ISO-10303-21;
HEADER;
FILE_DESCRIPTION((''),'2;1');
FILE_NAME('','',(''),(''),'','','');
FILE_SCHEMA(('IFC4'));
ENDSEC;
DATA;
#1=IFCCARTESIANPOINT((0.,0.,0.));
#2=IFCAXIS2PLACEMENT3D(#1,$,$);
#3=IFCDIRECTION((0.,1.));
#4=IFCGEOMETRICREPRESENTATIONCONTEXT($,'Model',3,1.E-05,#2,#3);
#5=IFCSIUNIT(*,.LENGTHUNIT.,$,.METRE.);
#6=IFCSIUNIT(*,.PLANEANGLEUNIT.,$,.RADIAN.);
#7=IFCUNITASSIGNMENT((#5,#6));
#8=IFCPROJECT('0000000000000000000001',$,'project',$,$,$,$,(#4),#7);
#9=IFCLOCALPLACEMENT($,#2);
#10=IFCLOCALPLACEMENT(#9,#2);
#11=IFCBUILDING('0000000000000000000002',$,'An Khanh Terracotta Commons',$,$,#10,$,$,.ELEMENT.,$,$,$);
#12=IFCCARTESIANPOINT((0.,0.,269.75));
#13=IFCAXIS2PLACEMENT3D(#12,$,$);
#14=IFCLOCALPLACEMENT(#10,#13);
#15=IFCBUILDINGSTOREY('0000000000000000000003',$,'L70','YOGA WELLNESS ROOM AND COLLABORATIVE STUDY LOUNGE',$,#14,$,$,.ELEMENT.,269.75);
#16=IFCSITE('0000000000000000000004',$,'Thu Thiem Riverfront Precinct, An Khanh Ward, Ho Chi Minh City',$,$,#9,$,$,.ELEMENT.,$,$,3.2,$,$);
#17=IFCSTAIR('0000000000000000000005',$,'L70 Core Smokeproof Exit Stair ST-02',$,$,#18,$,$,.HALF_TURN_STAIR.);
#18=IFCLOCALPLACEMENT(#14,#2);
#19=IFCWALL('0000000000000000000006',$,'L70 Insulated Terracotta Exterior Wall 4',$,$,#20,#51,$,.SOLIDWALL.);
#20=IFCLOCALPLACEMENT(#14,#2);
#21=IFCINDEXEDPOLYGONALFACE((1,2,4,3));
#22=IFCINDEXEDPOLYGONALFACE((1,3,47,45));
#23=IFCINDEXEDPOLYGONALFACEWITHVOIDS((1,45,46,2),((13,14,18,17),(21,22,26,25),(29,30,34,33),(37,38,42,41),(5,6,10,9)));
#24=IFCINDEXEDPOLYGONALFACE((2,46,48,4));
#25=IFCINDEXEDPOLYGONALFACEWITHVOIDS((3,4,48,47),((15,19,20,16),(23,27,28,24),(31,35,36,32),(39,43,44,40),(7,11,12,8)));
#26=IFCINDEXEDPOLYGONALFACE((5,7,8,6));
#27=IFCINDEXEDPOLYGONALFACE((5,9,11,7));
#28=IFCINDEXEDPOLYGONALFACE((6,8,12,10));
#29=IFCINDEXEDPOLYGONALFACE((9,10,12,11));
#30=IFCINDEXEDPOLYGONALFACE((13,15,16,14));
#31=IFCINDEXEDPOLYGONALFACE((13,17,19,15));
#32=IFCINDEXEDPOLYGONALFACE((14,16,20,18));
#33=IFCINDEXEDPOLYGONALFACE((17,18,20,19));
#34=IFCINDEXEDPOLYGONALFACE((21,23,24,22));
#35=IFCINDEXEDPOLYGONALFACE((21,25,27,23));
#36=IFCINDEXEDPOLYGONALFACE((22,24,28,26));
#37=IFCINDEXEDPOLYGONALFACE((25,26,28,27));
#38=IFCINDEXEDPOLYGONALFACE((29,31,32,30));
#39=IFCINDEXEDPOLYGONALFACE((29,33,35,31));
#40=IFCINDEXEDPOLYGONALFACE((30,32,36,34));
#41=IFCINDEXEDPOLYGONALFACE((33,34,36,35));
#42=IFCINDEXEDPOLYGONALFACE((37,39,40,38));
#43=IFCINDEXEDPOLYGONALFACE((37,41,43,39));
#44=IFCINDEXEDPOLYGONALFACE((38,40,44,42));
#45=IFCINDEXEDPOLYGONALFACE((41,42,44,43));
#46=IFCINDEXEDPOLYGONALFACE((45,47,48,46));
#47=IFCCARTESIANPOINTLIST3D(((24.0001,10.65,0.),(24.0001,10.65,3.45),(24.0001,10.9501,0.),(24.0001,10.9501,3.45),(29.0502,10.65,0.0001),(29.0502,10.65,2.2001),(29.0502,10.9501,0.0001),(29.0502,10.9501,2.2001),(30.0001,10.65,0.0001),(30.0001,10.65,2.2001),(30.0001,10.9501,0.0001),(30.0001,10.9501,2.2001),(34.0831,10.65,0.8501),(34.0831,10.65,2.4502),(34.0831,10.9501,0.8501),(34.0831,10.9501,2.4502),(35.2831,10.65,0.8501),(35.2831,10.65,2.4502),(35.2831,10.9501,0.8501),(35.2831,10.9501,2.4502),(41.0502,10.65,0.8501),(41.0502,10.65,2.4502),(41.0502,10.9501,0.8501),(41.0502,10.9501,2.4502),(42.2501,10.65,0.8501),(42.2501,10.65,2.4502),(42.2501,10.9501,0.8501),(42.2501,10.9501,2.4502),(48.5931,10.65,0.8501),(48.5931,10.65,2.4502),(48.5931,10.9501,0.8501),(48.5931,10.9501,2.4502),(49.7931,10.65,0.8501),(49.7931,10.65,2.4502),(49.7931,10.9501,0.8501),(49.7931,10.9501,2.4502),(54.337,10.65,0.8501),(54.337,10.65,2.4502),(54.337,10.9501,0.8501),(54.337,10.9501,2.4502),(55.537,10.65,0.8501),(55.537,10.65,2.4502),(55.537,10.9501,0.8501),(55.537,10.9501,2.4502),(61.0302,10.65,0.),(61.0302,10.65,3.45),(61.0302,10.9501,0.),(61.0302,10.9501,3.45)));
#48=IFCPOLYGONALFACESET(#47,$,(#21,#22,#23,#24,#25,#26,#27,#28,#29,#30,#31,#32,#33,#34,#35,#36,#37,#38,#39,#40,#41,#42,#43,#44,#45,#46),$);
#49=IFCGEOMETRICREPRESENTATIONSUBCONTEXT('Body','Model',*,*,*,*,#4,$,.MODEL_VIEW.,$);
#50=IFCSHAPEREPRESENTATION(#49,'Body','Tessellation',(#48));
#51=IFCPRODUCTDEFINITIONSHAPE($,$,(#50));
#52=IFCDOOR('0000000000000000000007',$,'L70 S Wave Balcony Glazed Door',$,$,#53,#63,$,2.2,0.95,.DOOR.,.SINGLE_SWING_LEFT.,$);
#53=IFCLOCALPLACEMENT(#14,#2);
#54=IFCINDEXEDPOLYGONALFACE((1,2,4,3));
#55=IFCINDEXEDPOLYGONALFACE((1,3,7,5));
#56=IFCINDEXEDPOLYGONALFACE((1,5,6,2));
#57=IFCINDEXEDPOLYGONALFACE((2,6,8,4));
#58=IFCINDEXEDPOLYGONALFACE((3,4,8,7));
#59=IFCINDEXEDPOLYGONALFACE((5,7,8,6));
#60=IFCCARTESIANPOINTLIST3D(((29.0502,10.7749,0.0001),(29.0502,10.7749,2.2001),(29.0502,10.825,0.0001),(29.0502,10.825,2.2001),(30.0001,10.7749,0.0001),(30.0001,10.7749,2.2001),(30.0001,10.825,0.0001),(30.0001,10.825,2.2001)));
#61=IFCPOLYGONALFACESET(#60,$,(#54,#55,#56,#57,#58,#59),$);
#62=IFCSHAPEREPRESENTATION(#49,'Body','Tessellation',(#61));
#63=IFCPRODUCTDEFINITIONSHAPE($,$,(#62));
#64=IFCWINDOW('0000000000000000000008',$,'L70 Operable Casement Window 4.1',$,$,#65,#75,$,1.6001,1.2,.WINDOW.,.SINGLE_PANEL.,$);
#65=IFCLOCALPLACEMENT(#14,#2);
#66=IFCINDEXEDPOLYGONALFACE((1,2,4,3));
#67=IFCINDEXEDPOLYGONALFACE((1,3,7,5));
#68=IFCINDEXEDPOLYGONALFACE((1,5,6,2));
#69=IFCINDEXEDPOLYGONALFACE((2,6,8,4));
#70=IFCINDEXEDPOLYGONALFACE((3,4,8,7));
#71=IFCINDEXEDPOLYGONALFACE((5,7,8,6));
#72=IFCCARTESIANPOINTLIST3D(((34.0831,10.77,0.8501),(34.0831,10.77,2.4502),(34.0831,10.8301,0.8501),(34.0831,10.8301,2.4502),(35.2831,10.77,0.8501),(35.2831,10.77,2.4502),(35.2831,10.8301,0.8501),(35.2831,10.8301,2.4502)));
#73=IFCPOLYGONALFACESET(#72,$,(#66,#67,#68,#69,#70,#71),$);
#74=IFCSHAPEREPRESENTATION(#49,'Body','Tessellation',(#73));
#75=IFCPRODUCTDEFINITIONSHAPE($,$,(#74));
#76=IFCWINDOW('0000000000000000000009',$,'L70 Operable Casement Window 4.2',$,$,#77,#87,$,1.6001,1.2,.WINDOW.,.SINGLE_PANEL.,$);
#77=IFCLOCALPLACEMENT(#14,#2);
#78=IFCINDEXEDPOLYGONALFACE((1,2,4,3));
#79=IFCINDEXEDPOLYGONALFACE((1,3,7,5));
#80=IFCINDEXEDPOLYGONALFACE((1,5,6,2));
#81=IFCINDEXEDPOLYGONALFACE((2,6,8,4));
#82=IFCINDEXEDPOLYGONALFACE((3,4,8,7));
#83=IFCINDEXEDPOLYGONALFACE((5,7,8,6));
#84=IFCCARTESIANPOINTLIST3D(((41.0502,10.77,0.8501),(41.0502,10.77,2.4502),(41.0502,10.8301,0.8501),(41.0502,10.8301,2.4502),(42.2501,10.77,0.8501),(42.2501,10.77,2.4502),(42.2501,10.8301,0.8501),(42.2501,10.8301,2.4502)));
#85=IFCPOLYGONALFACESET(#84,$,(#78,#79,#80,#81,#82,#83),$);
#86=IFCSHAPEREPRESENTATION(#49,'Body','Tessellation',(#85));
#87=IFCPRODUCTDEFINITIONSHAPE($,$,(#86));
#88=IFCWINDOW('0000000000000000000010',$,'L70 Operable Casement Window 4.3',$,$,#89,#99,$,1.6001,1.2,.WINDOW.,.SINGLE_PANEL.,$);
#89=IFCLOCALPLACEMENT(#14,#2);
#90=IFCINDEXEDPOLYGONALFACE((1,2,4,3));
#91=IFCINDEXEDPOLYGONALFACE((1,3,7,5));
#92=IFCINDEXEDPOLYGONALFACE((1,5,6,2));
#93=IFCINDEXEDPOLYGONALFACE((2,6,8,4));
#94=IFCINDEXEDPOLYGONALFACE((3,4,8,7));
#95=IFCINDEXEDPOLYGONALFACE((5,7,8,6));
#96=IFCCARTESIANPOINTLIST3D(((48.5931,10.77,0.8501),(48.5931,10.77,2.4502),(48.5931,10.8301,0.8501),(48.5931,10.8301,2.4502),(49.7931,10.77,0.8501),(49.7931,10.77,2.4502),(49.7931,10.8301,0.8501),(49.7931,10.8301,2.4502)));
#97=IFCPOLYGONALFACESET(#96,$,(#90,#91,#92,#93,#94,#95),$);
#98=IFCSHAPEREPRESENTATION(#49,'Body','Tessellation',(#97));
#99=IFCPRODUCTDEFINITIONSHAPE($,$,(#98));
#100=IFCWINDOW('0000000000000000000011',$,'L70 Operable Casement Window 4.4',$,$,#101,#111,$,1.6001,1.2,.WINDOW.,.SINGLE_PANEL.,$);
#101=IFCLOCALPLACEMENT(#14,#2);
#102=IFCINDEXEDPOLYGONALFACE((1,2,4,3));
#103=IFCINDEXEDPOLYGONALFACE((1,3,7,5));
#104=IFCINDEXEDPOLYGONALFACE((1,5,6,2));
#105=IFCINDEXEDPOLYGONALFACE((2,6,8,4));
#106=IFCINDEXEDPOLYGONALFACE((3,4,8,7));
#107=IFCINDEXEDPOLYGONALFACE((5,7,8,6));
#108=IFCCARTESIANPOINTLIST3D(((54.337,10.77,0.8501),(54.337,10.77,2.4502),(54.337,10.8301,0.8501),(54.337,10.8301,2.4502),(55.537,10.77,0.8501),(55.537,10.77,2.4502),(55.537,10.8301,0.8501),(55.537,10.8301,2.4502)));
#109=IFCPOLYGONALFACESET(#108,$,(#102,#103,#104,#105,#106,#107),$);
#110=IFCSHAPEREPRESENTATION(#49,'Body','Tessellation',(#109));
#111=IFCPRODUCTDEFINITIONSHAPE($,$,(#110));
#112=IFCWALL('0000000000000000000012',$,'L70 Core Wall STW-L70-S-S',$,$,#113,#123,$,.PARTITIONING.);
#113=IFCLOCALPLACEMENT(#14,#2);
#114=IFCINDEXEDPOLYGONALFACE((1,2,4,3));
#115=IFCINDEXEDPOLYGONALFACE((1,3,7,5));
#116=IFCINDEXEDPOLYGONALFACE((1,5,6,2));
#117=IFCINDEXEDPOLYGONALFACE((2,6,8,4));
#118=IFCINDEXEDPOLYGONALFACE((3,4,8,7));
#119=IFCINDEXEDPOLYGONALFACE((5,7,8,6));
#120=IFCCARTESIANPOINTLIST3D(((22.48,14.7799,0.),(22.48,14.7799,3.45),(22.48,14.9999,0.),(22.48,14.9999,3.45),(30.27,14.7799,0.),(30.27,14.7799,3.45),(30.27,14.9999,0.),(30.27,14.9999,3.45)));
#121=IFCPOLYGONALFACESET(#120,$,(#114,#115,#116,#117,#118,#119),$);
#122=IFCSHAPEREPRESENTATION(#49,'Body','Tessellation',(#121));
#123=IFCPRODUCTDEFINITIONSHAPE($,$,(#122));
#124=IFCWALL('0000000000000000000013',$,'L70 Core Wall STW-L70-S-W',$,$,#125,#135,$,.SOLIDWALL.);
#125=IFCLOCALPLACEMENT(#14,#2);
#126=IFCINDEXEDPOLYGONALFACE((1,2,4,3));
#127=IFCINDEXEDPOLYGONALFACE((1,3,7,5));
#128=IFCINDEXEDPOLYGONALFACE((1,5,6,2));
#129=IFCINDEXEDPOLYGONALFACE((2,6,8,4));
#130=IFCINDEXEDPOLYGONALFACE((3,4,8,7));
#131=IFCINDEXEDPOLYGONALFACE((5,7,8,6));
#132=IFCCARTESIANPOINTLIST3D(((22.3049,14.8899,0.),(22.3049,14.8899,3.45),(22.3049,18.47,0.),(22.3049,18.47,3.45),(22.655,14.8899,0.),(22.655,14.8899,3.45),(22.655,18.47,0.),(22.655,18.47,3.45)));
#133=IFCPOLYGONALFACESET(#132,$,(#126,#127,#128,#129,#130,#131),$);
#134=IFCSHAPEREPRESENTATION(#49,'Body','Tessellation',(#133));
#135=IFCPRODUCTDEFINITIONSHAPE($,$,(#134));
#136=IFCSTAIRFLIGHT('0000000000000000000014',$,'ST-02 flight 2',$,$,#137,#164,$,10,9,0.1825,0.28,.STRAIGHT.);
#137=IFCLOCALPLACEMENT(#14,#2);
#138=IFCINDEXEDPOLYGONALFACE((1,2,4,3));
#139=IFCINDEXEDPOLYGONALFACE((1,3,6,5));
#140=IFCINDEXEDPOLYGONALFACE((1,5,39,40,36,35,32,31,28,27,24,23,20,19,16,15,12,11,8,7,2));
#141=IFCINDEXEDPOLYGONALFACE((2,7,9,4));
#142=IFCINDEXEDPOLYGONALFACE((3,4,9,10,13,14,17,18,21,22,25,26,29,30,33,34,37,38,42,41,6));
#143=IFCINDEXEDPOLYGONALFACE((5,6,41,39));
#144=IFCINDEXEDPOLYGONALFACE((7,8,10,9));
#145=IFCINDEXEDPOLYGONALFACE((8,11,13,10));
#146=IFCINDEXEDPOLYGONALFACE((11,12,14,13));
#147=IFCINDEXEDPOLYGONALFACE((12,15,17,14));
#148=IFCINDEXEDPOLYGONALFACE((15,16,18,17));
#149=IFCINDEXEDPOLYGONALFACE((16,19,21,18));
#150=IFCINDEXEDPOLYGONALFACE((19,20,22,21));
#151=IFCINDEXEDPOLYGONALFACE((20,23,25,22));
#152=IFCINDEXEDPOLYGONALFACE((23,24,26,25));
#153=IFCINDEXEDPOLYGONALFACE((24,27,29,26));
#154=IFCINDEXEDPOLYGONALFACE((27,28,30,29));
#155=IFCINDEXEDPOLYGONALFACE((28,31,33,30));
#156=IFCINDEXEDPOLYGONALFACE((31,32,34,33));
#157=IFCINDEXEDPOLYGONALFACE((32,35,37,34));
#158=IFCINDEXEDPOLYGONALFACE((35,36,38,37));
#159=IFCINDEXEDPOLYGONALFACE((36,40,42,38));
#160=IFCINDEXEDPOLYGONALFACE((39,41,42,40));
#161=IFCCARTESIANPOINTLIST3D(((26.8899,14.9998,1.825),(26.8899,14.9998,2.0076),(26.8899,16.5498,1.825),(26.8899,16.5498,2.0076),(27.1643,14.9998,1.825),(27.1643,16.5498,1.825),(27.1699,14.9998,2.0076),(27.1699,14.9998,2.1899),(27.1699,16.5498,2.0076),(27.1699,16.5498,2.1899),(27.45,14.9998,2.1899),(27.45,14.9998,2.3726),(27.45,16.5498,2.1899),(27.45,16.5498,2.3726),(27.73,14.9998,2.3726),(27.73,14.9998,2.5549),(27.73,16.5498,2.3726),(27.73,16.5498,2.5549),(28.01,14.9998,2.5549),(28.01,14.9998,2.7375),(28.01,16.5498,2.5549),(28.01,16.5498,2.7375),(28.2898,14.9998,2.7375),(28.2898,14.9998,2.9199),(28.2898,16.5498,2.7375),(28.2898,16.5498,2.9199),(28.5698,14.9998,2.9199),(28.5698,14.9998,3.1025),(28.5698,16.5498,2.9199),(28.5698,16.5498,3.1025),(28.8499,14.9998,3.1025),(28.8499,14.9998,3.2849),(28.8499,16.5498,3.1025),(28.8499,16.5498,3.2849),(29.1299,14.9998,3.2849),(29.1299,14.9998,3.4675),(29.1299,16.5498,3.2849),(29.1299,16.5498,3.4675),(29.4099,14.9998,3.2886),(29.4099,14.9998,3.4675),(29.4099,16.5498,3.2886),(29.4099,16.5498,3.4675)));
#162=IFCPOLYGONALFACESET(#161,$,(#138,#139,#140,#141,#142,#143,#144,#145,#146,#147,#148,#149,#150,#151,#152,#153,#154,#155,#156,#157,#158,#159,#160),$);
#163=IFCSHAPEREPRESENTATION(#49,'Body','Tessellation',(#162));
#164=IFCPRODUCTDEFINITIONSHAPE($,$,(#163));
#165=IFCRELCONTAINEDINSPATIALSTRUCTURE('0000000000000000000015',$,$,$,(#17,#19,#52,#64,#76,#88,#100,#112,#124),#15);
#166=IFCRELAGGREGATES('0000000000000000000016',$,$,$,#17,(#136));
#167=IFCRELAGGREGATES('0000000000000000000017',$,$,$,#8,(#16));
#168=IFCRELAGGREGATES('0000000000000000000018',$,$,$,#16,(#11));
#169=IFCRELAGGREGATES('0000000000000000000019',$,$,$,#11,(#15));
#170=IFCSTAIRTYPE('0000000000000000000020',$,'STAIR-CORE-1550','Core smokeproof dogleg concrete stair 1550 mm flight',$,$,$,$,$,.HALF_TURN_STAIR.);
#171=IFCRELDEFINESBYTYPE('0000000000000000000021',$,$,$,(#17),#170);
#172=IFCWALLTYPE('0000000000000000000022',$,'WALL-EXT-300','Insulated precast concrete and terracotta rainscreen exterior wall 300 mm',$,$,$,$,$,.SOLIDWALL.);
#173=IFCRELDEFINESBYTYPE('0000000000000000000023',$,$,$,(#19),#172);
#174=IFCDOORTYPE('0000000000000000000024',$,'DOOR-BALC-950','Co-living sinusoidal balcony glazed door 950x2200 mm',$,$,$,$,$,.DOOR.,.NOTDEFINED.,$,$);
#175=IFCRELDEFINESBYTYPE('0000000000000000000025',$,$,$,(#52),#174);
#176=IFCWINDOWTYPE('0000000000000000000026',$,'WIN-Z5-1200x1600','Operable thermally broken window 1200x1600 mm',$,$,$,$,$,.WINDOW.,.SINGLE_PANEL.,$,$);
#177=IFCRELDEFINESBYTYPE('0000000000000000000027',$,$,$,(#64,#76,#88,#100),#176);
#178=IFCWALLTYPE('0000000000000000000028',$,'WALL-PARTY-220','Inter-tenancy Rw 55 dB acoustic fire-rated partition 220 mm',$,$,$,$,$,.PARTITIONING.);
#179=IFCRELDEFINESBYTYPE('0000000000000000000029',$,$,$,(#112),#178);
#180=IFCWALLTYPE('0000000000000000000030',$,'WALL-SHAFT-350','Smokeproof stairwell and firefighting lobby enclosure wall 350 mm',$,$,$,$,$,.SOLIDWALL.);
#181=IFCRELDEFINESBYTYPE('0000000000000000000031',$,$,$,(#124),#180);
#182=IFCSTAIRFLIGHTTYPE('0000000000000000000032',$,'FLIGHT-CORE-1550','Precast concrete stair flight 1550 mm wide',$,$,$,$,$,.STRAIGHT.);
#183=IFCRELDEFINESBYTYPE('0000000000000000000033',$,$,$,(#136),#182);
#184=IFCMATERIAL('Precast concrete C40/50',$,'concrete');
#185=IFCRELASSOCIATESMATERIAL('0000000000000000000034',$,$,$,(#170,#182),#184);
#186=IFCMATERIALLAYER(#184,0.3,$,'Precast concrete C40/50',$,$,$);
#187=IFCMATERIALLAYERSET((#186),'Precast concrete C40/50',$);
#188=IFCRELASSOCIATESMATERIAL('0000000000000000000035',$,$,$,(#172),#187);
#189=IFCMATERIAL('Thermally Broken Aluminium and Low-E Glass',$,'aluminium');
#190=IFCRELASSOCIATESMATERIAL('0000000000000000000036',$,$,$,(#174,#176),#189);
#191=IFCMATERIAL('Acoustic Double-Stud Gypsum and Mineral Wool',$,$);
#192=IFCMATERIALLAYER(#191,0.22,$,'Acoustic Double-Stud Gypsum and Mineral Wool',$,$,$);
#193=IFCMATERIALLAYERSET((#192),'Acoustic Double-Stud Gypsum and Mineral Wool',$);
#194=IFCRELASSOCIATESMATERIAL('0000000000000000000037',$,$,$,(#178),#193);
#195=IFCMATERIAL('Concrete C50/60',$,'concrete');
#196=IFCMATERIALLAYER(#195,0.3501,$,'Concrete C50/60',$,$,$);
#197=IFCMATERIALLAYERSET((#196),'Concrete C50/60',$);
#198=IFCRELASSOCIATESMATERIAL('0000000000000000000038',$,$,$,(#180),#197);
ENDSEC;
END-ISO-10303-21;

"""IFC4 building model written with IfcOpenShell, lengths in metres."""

from ifc_helpers import new_model, si_unit, direction, frame, frame_2d, origin, place, context, subcontext, project, spatial, polyline, rectangle, outline, extrude, material, layer, layer_set, type_object, element, fill, aggregate, save


model = new_model("IFC4")

# Units and contexts
model_context = context("Model", 3, precision=1e-05, world=origin(), true_north=direction((0.0, 1.0)))
body_context = subcontext(model_context, "Body", "Model", "MODEL_VIEW")
ifc_project = project(units=[si_unit("LENGTHUNIT", "METRE"), si_unit("PLANEANGLEUNIT", "RADIAN")], contexts=[model_context])

# Site, building, storey
site_placement = place(None, origin())
site = spatial("IfcSite", under=ifc_project, at=site_placement, Name="Thu Thiem Riverfront Precinct, An Khanh Ward, Ho Chi Minh City", CompositionType="ELEMENT", RefElevation=3.2)
building_placement = place(site_placement, origin())
building = spatial("IfcBuilding", under=site, at=building_placement, Name="An Khanh Terracotta Commons", CompositionType="ELEMENT")
storey_placement = place(building_placement, frame((0.0, 0.0, 269.75)))
storey = spatial("IfcBuildingStorey", under=building, at=storey_placement, Name="L70", Description="YOGA WELLNESS ROOM AND COLLABORATIVE STUDY LOUNGE", CompositionType="ELEMENT", Elevation=269.75)

# Shared definitions
ifc_material_1 = material(Name="Concrete C50/60", Category="concrete")

# Stair
ifc_material_2 = material(Name="Precast concrete C40/50", Category="concrete")
stair_type = type_object("IfcStairType", Name="STAIR-CORE-1550", Description="Core smokeproof dogleg concrete stair 1550 mm flight", PredefinedType="HALF_TURN_STAIR", material=ifc_material_2)
stair_1_placement = place(storey_placement, origin())
stair_1 = element("IfcStair", 1, at=stair_1_placement, inside=storey, type_object=stair_type, Name="L70 Core Smokeproof Exit Stair ST-02", PredefinedType="HALF_TURN_STAIR")

# Shared definitions
ifc_layer_1 = layer(ifc_material_2, 0.3, Name="Precast concrete C40/50")
ifc_layer_set_1 = layer_set([ifc_layer_1], Name="Precast concrete C40/50")
wall_type_1 = type_object("IfcWallType", Name="WALL-EXT-300", Description="Insulated precast concrete and terracotta rainscreen exterior wall 300 mm", PredefinedType="SOLIDWALL", material=ifc_layer_set_1)

# Wall, openings, door, windows
wall_1_placement = place(storey_placement, frame((24.0, 10.8, 0.0), z_axis=(0.0, 0.0, 1.0), x_axis=(1.0, 0.0, 0.0)))
wall_1 = element("IfcWall", 2, at=wall_1_placement, inside=storey, type_object=wall_type_1, Name="L70 Insulated Terracotta Exterior Wall 4", PredefinedType="SOLIDWALL", context=body_context, shape_type="SweptSolid", body=[
    extrude(rectangle(XDim=37.03, YDim=0.3, at=frame_2d((18.5151, 0.0))), origin(), (0.0, 0.0, 1.0), 3.45),
])
opening_1_placement = place(wall_1_placement, frame((5.05, 0.0, 0.0)))
opening_1 = element("IfcOpeningElement", 3, at=opening_1_placement, cuts=wall_1, PredefinedType="OPENING", context=body_context, shape_type="SweptSolid", body=[
    extrude(rectangle(XDim=0.95, YDim=2.2, at=frame_2d((0.4751, 1.1001))), frame((0.0, 0.1599, 0.0), z_axis=(0.0, -1.0, 0.0), x_axis=(1.0, 0.0, 0.0)), (0.0, 0.0, 1.0), 0.3201),
])
opening_2_placement = place(wall_1_placement, frame((10.083, 0.0, 0.8501)))
opening_2 = element("IfcOpeningElement", 4, at=opening_2_placement, cuts=wall_1, PredefinedType="OPENING", context=body_context, shape_type="SweptSolid", body=[
    extrude(rectangle(XDim=1.2, YDim=1.6001, at=frame_2d((0.6001, 0.8))), frame((0.0, 0.1599, 0.0), z_axis=(0.0, -1.0, 0.0), x_axis=(1.0, 0.0, 0.0)), (0.0, 0.0, 1.0), 0.3201),
])
opening_3_placement = place(wall_1_placement, frame((17.05, 0.0, 0.8501)))
opening_3 = element("IfcOpeningElement", 5, at=opening_3_placement, cuts=wall_1, PredefinedType="OPENING", context=body_context, shape_type="SweptSolid", body=[
    extrude(rectangle(XDim=1.2, YDim=1.6001, at=frame_2d((0.6001, 0.8))), frame((0.0, 0.1599, 0.0), z_axis=(0.0, -1.0, 0.0), x_axis=(1.0, 0.0, 0.0)), (0.0, 0.0, 1.0), 0.3201),
])
opening_4_placement = place(wall_1_placement, frame((24.593, 0.0, 0.8501)))
opening_4 = element("IfcOpeningElement", 6, at=opening_4_placement, cuts=wall_1, PredefinedType="OPENING", context=body_context, shape_type="SweptSolid", body=[
    extrude(rectangle(XDim=1.2, YDim=1.6001, at=frame_2d((0.6001, 0.8))), frame((0.0, 0.1599, 0.0), z_axis=(0.0, -1.0, 0.0), x_axis=(1.0, 0.0, 0.0)), (0.0, 0.0, 1.0), 0.3201),
])
opening_5_placement = place(wall_1_placement, frame((30.3369, 0.0, 0.8501)))
opening_5 = element("IfcOpeningElement", 7, at=opening_5_placement, cuts=wall_1, PredefinedType="OPENING", context=body_context, shape_type="SweptSolid", body=[
    extrude(rectangle(XDim=1.2, YDim=1.6001, at=frame_2d((0.6001, 0.8))), frame((0.0, 0.1599, 0.0), z_axis=(0.0, -1.0, 0.0), x_axis=(1.0, 0.0, 0.0)), (0.0, 0.0, 1.0), 0.3201),
])
ifc_material_3 = material(Name="Thermally Broken Aluminium and Low-E Glass", Category="aluminium")
door_type = type_object("IfcDoorType", Name="DOOR-BALC-950", Description="Co-living sinusoidal balcony glazed door 950x2200 mm", OperationType="NOTDEFINED", PredefinedType="DOOR", material=ifc_material_3)
door_placement = place(opening_1_placement, origin())
door = element("IfcDoor", 8, at=door_placement, inside=storey, type_object=door_type, Name="L70 S Wave Balcony Glazed Door", OperationType="SINGLE_SWING_LEFT", OverallHeight=2.2, OverallWidth=0.95, PredefinedType="DOOR", context=body_context, shape_type="SweptSolid", body=[
    extrude(rectangle(XDim=0.95, YDim=2.2, at=frame_2d((0.4751, 1.1001))), frame((0.0, 0.0249, 0.0), z_axis=(0.0, -1.0, 0.0), x_axis=(1.0, 0.0, 0.0)), (0.0, 0.0, 1.0), 0.05),
])
fill(opening_1, door)
window_type = type_object("IfcWindowType", Name="WIN-Z5-1200x1600", Description="Operable thermally broken window 1200x1600 mm", PartitioningType="SINGLE_PANEL", PredefinedType="WINDOW", material=ifc_material_3)
window_1_placement = place(opening_2_placement, origin())
window_1 = element("IfcWindow", 9, at=window_1_placement, inside=storey, type_object=window_type, Name="L70 Operable Casement Window 4.1", OverallHeight=1.6001, OverallWidth=1.2, PartitioningType="SINGLE_PANEL", PredefinedType="WINDOW", context=body_context, shape_type="SweptSolid", body=[
    extrude(rectangle(XDim=1.2, YDim=1.6001, at=frame_2d((0.6001, 0.8))), frame((0.0, 0.03, 0.0), z_axis=(0.0, -1.0, 0.0), x_axis=(1.0, 0.0, 0.0)), (0.0, 0.0, 1.0), 0.0601),
])
fill(opening_2, window_1)
window_2_placement = place(opening_3_placement, origin())
window_2 = element("IfcWindow", 10, at=window_2_placement, inside=storey, type_object=window_type, Name="L70 Operable Casement Window 4.2", OverallHeight=1.6001, OverallWidth=1.2, PartitioningType="SINGLE_PANEL", PredefinedType="WINDOW", context=body_context, shape_type="SweptSolid", body=[
    extrude(rectangle(XDim=1.2, YDim=1.6001, at=frame_2d((0.6001, 0.8))), frame((0.0, 0.03, 0.0), z_axis=(0.0, -1.0, 0.0), x_axis=(1.0, 0.0, 0.0)), (0.0, 0.0, 1.0), 0.0601),
])
fill(opening_3, window_2)
window_3_placement = place(opening_4_placement, origin())
window_3 = element("IfcWindow", 11, at=window_3_placement, inside=storey, type_object=window_type, Name="L70 Operable Casement Window 4.3", OverallHeight=1.6001, OverallWidth=1.2, PartitioningType="SINGLE_PANEL", PredefinedType="WINDOW", context=body_context, shape_type="SweptSolid", body=[
    extrude(rectangle(XDim=1.2, YDim=1.6001, at=frame_2d((0.6001, 0.8))), frame((0.0, 0.03, 0.0), z_axis=(0.0, -1.0, 0.0), x_axis=(1.0, 0.0, 0.0)), (0.0, 0.0, 1.0), 0.0601),
])
fill(opening_4, window_3)
window_4_placement = place(opening_5_placement, origin())
window_4 = element("IfcWindow", 12, at=window_4_placement, inside=storey, type_object=window_type, Name="L70 Operable Casement Window 4.4", OverallHeight=1.6001, OverallWidth=1.2, PartitioningType="SINGLE_PANEL", PredefinedType="WINDOW", context=body_context, shape_type="SweptSolid", body=[
    extrude(rectangle(XDim=1.2, YDim=1.6001, at=frame_2d((0.6001, 0.8))), frame((0.0, 0.03, 0.0), z_axis=(0.0, -1.0, 0.0), x_axis=(1.0, 0.0, 0.0)), (0.0, 0.0, 1.0), 0.0601),
])
fill(opening_5, window_4)

# Walls
ifc_material_4 = material(Name="Acoustic Double-Stud Gypsum and Mineral Wool")
ifc_layer_2 = layer(ifc_material_4, 0.22, Name="Acoustic Double-Stud Gypsum and Mineral Wool")
ifc_layer_set_2 = layer_set([ifc_layer_2], Name="Acoustic Double-Stud Gypsum and Mineral Wool")
wall_type_2 = type_object("IfcWallType", Name="WALL-PARTY-220", Description="Inter-tenancy Rw 55 dB acoustic fire-rated partition 220 mm", PredefinedType="PARTITIONING", material=ifc_layer_set_2)
wall_2_placement = place(storey_placement, frame((22.48, 14.8899, 0.0), z_axis=(0.0, 0.0, 1.0), x_axis=(1.0, 0.0, 0.0)))
element("IfcWall", 13, at=wall_2_placement, inside=storey, type_object=wall_type_2, Name="L70 Core Wall STW-L70-S-S", PredefinedType="PARTITIONING", context=body_context, shape_type="SweptSolid", body=[
    extrude(rectangle(XDim=7.79, YDim=0.22, at=frame_2d((3.895, 0.0))), origin(), (0.0, 0.0, 1.0), 3.45),
])
ifc_layer_3 = layer(ifc_material_1, 0.3501, Name="Concrete C50/60")
ifc_layer_set_3 = layer_set([ifc_layer_3], Name="Concrete C50/60")
wall_type_3 = type_object("IfcWallType", Name="WALL-SHAFT-350", Description="Smokeproof stairwell and firefighting lobby enclosure wall 350 mm", PredefinedType="SOLIDWALL", material=ifc_layer_set_3)
wall_3_placement = place(storey_placement, frame((22.48, 14.8899, 0.0), z_axis=(0.0, 0.0, 1.0), x_axis=(0.0, 1.0, 0.0)))
element("IfcWall", 14, at=wall_3_placement, inside=storey, type_object=wall_type_3, Name="L70 Core Wall STW-L70-S-W", PredefinedType="SOLIDWALL", context=body_context, shape_type="SweptSolid", body=[
    extrude(rectangle(XDim=3.5801, YDim=0.3501, at=frame_2d((1.79, 0.0))), origin(), (0.0, 0.0, 1.0), 3.45),
])

# Stair flight
stair_flight_type = type_object("IfcStairFlightType", Name="FLIGHT-CORE-1550", Description="Precast concrete stair flight 1550 mm wide", PredefinedType="STRAIGHT", material=ifc_material_2)
stair_flight_placement = place(storey_placement, frame((26.8899, 15.7749, 1.825), z_axis=(0.0, 0.0, 1.0), x_axis=(1.0, 0.0, 0.0)))
stair_flight = element("IfcStairFlight", 15, at=stair_flight_placement, type_object=stair_flight_type, Name="ST-02 flight 2", NumberOfRisers=10, NumberOfTreads=9, PredefinedType="STRAIGHT", RiserHeight=0.1825, TreadLength=0.28, context=body_context, shape_type="SweptSolid", body=[
    extrude(outline(polyline([(0.0, 0.0), (0.0, 0.1826), (0.28, 0.1826), (0.28, 0.365), (0.5601, 0.365), (0.5601, 0.5476), (0.8401, 0.5476), (0.8401, 0.73), (1.1201, 0.73), (1.1201, 0.9126), (1.3999, 0.9126), (1.3999, 1.095), (1.6799, 1.095), (1.6799, 1.2776), (1.96, 1.2776), (1.96, 1.46), (2.24, 1.46), (2.24, 1.6426), (2.52, 1.6426), (2.52, 1.825), (2.52, 1.4636), (0.2744, 0.0), (0.0, 0.0)])), frame((0.0, 0.7749, 0.0), z_axis=(0.0, -1.0, 0.0), x_axis=(1.0, 0.0, 0.0)), (0.0, 0.0, 1.0), 1.55),
])
aggregate(stair_1, [stair_flight])

save(model, "model.ifc")
